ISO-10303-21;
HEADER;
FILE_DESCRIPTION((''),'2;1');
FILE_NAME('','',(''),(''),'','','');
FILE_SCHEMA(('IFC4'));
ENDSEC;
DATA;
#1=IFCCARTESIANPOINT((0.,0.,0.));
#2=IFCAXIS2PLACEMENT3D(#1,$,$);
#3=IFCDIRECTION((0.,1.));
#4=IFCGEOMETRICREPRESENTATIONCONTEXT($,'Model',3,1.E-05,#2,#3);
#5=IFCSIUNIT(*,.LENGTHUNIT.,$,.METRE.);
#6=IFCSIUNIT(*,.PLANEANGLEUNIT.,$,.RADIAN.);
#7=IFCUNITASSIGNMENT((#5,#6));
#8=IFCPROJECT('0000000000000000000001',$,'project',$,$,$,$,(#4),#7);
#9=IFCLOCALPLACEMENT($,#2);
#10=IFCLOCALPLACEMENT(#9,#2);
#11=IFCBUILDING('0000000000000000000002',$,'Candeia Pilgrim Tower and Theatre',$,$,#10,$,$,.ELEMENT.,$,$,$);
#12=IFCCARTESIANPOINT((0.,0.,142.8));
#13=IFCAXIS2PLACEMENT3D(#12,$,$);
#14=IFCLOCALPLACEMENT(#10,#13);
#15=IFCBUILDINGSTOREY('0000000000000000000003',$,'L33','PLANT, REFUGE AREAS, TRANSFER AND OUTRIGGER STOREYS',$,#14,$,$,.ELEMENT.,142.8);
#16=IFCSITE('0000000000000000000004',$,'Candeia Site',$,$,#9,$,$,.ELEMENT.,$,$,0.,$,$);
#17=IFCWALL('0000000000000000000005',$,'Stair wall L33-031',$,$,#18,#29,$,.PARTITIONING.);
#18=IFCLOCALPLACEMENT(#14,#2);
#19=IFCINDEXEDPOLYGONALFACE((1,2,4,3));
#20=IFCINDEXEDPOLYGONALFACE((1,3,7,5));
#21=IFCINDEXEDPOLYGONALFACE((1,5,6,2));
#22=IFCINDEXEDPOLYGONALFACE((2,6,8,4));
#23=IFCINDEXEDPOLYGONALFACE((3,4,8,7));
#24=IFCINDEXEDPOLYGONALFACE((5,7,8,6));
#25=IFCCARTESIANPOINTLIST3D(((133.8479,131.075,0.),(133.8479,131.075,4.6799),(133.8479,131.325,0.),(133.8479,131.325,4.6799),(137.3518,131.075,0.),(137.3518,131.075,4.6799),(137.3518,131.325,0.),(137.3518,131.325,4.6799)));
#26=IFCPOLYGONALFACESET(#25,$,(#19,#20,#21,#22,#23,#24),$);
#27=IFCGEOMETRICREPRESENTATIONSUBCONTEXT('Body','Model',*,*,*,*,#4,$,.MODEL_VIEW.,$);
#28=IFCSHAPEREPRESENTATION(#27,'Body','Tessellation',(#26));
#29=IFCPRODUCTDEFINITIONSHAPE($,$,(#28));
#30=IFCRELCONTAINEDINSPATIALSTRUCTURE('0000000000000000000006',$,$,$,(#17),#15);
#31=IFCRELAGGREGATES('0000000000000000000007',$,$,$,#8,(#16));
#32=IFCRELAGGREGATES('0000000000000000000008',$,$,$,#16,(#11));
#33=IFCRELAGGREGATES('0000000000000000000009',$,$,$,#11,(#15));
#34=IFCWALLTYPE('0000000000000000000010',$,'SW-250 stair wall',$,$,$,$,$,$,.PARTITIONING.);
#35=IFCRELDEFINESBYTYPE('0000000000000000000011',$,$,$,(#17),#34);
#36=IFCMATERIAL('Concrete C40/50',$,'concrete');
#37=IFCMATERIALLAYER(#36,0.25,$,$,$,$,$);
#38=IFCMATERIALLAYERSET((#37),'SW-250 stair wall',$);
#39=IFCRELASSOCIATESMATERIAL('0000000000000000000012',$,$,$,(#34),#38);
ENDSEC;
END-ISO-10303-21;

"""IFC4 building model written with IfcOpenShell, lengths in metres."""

from ifc_helpers import new_model, si_unit, direction, frame, frame_2d, origin, place, context, subcontext, project, spatial, rectangle, extrude, material, layer, layer_set, type_object, element, save


model = new_model("IFC4")

# Units and contexts
model_context = context("Model", 3, precision=1e-05, world=origin(), true_north=direction((0.0, 1.0)))
body_context = subcontext(model_context, "Body", "Model", "MODEL_VIEW")
ifc_project = project(units=[si_unit("LENGTHUNIT", "METRE"), si_unit("PLANEANGLEUNIT", "RADIAN")], contexts=[model_context])

# Site, building, storey
site_placement = place(None, origin())
site = spatial("IfcSite", under=ifc_project, at=site_placement, Name="Candeia Site", CompositionType="ELEMENT", RefElevation=0.0)
building_placement = place(site_placement, origin())
building = spatial("IfcBuilding", under=site, at=building_placement, Name="Candeia Pilgrim Tower and Theatre", CompositionType="ELEMENT")
storey_placement = place(building_placement, frame((0.0, 0.0, 142.8)))
storey = spatial("IfcBuildingStorey", under=building, at=storey_placement, Name="L33", Description="PLANT, REFUGE AREAS, TRANSFER AND OUTRIGGER STOREYS", CompositionType="ELEMENT", Elevation=142.8)

# Shared definitions
ifc_material_1 = material(Name="Concrete C40/50", Category="concrete")

# Wall
ifc_layer_1 = layer(ifc_material_1, 0.25)
ifc_layer_set_1 = layer_set([ifc_layer_1], Name="SW-250 stair wall")
wall_type_1 = type_object("IfcWallType", Name="SW-250 stair wall", PredefinedType="PARTITIONING", material=ifc_layer_set_1)
wall_1_placement = place(storey_placement, frame((133.8479, 131.2, 0.0), z_axis=(0.0, 0.0, 1.0), x_axis=(1.0, 0.0, 0.0)))
element("IfcWall", 1, at=wall_1_placement, inside=storey, type_object=wall_type_1, Name="Stair wall L33-031", PredefinedType="PARTITIONING", context=body_context, shape_type="SweptSolid", body=[
    extrude(rectangle(XDim=3.5039, YDim=0.25, at=frame_2d((1.752, 0.0))), origin(), (0.0, 0.0, 1.0), 4.6799),
])

save(model, "model.ifc")
